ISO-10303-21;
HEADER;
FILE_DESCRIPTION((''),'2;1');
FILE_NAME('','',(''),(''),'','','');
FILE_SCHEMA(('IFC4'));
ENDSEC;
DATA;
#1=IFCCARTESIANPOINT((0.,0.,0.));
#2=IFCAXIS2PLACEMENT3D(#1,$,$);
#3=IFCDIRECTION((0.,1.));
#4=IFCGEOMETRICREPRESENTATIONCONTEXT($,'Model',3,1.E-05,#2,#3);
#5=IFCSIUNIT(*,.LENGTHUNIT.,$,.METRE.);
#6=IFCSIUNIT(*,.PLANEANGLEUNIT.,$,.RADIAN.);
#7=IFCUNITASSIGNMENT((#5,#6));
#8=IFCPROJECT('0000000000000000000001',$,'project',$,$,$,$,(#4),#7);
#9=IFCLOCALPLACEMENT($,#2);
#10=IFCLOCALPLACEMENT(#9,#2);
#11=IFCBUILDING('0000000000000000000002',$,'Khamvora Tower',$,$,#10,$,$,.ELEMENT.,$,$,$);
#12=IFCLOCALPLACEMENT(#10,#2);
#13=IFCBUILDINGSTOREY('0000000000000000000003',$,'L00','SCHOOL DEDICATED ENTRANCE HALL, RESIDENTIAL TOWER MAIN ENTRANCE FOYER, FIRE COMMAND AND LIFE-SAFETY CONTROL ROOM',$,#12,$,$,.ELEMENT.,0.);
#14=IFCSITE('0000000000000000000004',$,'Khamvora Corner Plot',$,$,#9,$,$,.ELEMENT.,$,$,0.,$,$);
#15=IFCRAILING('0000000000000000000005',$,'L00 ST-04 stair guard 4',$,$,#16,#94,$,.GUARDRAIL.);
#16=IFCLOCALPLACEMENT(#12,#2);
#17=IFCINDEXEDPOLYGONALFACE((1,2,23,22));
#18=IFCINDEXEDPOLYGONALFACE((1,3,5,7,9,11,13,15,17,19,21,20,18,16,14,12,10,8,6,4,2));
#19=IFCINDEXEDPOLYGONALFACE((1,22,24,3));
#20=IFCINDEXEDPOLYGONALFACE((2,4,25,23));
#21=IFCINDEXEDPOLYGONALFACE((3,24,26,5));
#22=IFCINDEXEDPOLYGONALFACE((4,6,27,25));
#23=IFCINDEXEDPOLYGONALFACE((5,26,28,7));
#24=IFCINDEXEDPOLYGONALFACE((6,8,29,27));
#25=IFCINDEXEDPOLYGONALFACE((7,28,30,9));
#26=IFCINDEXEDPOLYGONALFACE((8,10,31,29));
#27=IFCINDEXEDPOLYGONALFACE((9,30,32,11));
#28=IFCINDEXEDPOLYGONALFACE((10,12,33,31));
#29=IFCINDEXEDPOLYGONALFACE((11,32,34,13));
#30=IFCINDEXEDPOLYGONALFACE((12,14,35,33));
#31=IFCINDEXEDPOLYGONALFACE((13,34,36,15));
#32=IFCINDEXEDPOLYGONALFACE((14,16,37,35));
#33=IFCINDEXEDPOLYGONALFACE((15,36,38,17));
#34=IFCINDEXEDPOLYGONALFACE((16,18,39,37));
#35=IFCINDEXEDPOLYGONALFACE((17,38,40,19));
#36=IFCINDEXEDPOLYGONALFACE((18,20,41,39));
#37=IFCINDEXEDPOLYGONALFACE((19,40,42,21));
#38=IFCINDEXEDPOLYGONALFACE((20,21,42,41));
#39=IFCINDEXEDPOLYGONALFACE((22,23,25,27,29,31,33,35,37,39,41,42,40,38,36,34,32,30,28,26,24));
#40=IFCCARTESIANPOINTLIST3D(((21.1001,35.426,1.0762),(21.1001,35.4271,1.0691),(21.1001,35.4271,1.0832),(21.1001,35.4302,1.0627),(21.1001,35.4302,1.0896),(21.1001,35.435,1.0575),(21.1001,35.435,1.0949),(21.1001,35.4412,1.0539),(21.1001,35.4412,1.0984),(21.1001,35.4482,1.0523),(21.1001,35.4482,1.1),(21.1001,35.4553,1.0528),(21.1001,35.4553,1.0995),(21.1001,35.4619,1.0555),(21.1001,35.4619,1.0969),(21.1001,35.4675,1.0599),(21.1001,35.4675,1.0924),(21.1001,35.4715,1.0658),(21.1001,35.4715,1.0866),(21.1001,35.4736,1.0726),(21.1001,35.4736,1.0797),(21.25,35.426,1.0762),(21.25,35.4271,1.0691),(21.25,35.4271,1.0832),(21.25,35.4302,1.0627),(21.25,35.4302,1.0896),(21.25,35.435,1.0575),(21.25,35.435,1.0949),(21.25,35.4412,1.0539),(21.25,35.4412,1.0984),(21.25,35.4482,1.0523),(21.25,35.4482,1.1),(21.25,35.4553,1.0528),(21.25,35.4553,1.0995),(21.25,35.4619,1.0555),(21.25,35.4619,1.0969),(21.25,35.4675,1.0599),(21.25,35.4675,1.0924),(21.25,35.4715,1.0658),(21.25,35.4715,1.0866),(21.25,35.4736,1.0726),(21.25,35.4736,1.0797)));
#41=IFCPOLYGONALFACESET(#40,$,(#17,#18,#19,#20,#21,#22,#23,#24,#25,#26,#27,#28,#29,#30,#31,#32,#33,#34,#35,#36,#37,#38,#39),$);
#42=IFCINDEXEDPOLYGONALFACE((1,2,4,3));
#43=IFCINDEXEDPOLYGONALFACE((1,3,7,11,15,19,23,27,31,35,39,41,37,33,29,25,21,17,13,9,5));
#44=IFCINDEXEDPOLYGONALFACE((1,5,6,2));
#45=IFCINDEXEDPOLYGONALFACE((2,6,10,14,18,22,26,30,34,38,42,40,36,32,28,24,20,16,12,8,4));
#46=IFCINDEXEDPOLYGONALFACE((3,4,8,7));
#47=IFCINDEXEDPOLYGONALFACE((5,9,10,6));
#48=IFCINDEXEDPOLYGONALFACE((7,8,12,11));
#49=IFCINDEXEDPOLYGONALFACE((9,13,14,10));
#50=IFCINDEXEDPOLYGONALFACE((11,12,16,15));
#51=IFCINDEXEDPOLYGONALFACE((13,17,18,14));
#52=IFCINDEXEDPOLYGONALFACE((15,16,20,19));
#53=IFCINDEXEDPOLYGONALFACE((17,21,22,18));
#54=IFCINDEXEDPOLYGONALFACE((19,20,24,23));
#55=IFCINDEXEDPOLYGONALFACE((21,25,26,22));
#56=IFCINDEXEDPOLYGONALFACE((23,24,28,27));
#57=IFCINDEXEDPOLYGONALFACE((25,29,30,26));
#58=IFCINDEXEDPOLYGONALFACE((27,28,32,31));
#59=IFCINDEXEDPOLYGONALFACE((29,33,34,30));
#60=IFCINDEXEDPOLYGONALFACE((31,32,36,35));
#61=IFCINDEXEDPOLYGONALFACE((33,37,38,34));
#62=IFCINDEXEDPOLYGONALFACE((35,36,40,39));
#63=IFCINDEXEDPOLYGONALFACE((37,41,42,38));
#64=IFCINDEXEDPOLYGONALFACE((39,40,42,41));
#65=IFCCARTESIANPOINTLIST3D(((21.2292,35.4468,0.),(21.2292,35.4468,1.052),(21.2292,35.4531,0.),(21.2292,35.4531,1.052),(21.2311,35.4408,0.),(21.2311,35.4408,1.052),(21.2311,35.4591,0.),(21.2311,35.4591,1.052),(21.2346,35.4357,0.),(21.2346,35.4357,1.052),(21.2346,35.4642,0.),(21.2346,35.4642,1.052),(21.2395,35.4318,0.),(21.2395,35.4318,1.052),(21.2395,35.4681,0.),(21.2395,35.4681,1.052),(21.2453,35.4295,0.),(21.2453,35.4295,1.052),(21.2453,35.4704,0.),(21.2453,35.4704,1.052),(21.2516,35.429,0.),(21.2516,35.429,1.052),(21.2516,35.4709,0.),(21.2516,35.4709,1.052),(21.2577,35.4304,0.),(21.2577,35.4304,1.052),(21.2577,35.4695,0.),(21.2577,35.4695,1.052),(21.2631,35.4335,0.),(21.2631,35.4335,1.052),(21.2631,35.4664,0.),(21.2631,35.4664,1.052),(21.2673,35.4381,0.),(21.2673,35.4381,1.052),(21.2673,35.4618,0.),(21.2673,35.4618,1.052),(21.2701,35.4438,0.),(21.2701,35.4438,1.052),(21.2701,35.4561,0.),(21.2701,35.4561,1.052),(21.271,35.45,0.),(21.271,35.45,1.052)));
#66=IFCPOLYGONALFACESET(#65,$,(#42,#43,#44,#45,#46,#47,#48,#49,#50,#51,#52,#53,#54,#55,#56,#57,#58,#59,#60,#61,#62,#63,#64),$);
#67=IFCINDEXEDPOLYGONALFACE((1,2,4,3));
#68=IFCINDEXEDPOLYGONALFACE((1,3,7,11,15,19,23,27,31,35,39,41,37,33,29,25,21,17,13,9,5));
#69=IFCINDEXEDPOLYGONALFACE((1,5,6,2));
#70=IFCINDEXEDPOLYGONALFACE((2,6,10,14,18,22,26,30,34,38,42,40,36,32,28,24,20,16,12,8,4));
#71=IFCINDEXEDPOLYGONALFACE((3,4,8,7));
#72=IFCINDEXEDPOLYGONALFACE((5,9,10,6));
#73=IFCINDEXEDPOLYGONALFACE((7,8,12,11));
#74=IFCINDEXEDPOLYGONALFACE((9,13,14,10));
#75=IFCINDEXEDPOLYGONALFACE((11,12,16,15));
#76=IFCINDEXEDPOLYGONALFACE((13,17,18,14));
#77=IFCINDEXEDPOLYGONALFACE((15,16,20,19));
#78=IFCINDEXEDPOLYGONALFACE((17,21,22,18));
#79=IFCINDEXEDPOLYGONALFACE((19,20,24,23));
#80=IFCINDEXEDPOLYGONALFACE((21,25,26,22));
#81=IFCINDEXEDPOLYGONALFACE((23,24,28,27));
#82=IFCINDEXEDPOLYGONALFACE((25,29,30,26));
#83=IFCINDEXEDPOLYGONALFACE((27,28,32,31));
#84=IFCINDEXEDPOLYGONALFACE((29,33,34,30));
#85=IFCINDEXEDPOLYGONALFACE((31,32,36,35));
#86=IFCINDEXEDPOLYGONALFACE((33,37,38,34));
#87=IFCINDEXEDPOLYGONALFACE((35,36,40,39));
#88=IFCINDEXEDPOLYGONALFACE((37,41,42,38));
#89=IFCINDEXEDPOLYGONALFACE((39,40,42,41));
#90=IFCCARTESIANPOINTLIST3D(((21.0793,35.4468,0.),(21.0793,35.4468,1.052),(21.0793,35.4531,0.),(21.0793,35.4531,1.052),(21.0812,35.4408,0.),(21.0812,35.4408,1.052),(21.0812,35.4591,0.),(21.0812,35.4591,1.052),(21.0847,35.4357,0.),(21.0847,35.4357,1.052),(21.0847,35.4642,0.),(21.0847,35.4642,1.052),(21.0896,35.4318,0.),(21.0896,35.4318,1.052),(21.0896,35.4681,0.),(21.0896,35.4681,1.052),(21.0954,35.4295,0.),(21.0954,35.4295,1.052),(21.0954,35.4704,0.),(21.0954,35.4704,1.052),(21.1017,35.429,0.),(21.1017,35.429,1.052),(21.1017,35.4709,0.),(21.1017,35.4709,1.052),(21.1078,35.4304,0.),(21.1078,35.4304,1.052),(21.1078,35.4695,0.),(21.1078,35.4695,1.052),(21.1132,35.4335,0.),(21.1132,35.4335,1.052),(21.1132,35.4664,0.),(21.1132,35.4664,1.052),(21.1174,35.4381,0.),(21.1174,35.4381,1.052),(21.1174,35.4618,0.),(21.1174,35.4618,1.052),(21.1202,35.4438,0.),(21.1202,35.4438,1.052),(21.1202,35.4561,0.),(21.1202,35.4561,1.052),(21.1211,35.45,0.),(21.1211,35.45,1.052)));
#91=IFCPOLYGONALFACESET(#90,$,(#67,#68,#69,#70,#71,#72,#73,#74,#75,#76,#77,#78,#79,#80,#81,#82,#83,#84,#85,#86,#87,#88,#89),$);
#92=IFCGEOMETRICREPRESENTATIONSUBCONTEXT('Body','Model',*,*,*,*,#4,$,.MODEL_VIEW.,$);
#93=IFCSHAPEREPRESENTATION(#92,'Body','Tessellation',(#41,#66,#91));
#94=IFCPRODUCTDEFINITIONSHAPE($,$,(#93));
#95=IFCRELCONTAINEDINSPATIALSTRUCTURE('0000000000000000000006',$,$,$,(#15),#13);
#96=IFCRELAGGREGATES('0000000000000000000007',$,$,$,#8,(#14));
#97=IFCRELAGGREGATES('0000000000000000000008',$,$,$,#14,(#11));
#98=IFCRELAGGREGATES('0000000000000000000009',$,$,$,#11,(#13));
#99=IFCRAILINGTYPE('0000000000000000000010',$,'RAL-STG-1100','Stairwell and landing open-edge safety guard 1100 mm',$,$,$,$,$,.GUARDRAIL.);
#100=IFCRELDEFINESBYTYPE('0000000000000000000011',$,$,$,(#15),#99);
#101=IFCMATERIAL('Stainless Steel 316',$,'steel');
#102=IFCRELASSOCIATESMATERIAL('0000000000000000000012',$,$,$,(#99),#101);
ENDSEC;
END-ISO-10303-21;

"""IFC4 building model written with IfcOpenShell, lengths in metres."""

from ifc_helpers import new_model, si_unit, direction, frame, origin, origin_2d, place, context, subcontext, project, spatial, circle, extrude, material, type_object, element, save


model = new_model("IFC4")

# Units and contexts
model_context = context("Model", 3, precision=1e-05, world=origin(), true_north=direction((0.0, 1.0)))
body_context = subcontext(model_context, "Body", "Model", "MODEL_VIEW")
ifc_project = project(units=[si_unit("LENGTHUNIT", "METRE"), si_unit("PLANEANGLEUNIT", "RADIAN")], contexts=[model_context])

# Site, building, storey
site_placement = place(None, origin())
site = spatial("IfcSite", under=ifc_project, at=site_placement, Name="Khamvora Corner Plot", CompositionType="ELEMENT", RefElevation=0.0)
building_placement = place(site_placement, origin())
building = spatial("IfcBuilding", under=site, at=building_placement, Name="Khamvora Tower", CompositionType="ELEMENT")
storey_placement = place(building_placement, origin())
storey = spatial("IfcBuildingStorey", under=building, at=storey_placement, Name="L00", Description="SCHOOL DEDICATED ENTRANCE HALL, RESIDENTIAL TOWER MAIN ENTRANCE FOYER, FIRE COMMAND AND LIFE-SAFETY CONTROL ROOM", CompositionType="ELEMENT", Elevation=0.0)

# Railing
ifc_material_1 = material(Name="Stainless Steel 316", Category="steel")
railing_type_1 = type_object("IfcRailingType", Name="RAL-STG-1100", Description="Stairwell and landing open-edge safety guard 1100 mm", PredefinedType="GUARDRAIL", material=ifc_material_1)
railing_1_placement = place(storey_placement, frame((21.25, 35.45, 0.0)))
element("IfcRailing", 1, at=railing_1_placement, inside=storey, type_object=railing_type_1, Name="L00 ST-04 stair guard 4", PredefinedType="GUARDRAIL", context=body_context, shape_type="SweptSolid", body=[
    extrude(circle(Radius=0.0239, at=origin_2d()), frame((0.0, 0.0, 1.0762), z_axis=(-1.0, 0.0, 0.0), x_axis=(0.0, -1.0, 0.0)), (0.0, 0.0, 1.0), 0.1499),
    extrude(circle(Radius=0.021, at=origin_2d()), origin(), (0.0, 0.0, 1.0), 1.052),
    extrude(circle(Radius=0.021, at=origin_2d()), frame((-0.1499, 0.0, 0.0)), (0.0, 0.0, 1.0), 1.052),
])

save(model, "model.ifc")
